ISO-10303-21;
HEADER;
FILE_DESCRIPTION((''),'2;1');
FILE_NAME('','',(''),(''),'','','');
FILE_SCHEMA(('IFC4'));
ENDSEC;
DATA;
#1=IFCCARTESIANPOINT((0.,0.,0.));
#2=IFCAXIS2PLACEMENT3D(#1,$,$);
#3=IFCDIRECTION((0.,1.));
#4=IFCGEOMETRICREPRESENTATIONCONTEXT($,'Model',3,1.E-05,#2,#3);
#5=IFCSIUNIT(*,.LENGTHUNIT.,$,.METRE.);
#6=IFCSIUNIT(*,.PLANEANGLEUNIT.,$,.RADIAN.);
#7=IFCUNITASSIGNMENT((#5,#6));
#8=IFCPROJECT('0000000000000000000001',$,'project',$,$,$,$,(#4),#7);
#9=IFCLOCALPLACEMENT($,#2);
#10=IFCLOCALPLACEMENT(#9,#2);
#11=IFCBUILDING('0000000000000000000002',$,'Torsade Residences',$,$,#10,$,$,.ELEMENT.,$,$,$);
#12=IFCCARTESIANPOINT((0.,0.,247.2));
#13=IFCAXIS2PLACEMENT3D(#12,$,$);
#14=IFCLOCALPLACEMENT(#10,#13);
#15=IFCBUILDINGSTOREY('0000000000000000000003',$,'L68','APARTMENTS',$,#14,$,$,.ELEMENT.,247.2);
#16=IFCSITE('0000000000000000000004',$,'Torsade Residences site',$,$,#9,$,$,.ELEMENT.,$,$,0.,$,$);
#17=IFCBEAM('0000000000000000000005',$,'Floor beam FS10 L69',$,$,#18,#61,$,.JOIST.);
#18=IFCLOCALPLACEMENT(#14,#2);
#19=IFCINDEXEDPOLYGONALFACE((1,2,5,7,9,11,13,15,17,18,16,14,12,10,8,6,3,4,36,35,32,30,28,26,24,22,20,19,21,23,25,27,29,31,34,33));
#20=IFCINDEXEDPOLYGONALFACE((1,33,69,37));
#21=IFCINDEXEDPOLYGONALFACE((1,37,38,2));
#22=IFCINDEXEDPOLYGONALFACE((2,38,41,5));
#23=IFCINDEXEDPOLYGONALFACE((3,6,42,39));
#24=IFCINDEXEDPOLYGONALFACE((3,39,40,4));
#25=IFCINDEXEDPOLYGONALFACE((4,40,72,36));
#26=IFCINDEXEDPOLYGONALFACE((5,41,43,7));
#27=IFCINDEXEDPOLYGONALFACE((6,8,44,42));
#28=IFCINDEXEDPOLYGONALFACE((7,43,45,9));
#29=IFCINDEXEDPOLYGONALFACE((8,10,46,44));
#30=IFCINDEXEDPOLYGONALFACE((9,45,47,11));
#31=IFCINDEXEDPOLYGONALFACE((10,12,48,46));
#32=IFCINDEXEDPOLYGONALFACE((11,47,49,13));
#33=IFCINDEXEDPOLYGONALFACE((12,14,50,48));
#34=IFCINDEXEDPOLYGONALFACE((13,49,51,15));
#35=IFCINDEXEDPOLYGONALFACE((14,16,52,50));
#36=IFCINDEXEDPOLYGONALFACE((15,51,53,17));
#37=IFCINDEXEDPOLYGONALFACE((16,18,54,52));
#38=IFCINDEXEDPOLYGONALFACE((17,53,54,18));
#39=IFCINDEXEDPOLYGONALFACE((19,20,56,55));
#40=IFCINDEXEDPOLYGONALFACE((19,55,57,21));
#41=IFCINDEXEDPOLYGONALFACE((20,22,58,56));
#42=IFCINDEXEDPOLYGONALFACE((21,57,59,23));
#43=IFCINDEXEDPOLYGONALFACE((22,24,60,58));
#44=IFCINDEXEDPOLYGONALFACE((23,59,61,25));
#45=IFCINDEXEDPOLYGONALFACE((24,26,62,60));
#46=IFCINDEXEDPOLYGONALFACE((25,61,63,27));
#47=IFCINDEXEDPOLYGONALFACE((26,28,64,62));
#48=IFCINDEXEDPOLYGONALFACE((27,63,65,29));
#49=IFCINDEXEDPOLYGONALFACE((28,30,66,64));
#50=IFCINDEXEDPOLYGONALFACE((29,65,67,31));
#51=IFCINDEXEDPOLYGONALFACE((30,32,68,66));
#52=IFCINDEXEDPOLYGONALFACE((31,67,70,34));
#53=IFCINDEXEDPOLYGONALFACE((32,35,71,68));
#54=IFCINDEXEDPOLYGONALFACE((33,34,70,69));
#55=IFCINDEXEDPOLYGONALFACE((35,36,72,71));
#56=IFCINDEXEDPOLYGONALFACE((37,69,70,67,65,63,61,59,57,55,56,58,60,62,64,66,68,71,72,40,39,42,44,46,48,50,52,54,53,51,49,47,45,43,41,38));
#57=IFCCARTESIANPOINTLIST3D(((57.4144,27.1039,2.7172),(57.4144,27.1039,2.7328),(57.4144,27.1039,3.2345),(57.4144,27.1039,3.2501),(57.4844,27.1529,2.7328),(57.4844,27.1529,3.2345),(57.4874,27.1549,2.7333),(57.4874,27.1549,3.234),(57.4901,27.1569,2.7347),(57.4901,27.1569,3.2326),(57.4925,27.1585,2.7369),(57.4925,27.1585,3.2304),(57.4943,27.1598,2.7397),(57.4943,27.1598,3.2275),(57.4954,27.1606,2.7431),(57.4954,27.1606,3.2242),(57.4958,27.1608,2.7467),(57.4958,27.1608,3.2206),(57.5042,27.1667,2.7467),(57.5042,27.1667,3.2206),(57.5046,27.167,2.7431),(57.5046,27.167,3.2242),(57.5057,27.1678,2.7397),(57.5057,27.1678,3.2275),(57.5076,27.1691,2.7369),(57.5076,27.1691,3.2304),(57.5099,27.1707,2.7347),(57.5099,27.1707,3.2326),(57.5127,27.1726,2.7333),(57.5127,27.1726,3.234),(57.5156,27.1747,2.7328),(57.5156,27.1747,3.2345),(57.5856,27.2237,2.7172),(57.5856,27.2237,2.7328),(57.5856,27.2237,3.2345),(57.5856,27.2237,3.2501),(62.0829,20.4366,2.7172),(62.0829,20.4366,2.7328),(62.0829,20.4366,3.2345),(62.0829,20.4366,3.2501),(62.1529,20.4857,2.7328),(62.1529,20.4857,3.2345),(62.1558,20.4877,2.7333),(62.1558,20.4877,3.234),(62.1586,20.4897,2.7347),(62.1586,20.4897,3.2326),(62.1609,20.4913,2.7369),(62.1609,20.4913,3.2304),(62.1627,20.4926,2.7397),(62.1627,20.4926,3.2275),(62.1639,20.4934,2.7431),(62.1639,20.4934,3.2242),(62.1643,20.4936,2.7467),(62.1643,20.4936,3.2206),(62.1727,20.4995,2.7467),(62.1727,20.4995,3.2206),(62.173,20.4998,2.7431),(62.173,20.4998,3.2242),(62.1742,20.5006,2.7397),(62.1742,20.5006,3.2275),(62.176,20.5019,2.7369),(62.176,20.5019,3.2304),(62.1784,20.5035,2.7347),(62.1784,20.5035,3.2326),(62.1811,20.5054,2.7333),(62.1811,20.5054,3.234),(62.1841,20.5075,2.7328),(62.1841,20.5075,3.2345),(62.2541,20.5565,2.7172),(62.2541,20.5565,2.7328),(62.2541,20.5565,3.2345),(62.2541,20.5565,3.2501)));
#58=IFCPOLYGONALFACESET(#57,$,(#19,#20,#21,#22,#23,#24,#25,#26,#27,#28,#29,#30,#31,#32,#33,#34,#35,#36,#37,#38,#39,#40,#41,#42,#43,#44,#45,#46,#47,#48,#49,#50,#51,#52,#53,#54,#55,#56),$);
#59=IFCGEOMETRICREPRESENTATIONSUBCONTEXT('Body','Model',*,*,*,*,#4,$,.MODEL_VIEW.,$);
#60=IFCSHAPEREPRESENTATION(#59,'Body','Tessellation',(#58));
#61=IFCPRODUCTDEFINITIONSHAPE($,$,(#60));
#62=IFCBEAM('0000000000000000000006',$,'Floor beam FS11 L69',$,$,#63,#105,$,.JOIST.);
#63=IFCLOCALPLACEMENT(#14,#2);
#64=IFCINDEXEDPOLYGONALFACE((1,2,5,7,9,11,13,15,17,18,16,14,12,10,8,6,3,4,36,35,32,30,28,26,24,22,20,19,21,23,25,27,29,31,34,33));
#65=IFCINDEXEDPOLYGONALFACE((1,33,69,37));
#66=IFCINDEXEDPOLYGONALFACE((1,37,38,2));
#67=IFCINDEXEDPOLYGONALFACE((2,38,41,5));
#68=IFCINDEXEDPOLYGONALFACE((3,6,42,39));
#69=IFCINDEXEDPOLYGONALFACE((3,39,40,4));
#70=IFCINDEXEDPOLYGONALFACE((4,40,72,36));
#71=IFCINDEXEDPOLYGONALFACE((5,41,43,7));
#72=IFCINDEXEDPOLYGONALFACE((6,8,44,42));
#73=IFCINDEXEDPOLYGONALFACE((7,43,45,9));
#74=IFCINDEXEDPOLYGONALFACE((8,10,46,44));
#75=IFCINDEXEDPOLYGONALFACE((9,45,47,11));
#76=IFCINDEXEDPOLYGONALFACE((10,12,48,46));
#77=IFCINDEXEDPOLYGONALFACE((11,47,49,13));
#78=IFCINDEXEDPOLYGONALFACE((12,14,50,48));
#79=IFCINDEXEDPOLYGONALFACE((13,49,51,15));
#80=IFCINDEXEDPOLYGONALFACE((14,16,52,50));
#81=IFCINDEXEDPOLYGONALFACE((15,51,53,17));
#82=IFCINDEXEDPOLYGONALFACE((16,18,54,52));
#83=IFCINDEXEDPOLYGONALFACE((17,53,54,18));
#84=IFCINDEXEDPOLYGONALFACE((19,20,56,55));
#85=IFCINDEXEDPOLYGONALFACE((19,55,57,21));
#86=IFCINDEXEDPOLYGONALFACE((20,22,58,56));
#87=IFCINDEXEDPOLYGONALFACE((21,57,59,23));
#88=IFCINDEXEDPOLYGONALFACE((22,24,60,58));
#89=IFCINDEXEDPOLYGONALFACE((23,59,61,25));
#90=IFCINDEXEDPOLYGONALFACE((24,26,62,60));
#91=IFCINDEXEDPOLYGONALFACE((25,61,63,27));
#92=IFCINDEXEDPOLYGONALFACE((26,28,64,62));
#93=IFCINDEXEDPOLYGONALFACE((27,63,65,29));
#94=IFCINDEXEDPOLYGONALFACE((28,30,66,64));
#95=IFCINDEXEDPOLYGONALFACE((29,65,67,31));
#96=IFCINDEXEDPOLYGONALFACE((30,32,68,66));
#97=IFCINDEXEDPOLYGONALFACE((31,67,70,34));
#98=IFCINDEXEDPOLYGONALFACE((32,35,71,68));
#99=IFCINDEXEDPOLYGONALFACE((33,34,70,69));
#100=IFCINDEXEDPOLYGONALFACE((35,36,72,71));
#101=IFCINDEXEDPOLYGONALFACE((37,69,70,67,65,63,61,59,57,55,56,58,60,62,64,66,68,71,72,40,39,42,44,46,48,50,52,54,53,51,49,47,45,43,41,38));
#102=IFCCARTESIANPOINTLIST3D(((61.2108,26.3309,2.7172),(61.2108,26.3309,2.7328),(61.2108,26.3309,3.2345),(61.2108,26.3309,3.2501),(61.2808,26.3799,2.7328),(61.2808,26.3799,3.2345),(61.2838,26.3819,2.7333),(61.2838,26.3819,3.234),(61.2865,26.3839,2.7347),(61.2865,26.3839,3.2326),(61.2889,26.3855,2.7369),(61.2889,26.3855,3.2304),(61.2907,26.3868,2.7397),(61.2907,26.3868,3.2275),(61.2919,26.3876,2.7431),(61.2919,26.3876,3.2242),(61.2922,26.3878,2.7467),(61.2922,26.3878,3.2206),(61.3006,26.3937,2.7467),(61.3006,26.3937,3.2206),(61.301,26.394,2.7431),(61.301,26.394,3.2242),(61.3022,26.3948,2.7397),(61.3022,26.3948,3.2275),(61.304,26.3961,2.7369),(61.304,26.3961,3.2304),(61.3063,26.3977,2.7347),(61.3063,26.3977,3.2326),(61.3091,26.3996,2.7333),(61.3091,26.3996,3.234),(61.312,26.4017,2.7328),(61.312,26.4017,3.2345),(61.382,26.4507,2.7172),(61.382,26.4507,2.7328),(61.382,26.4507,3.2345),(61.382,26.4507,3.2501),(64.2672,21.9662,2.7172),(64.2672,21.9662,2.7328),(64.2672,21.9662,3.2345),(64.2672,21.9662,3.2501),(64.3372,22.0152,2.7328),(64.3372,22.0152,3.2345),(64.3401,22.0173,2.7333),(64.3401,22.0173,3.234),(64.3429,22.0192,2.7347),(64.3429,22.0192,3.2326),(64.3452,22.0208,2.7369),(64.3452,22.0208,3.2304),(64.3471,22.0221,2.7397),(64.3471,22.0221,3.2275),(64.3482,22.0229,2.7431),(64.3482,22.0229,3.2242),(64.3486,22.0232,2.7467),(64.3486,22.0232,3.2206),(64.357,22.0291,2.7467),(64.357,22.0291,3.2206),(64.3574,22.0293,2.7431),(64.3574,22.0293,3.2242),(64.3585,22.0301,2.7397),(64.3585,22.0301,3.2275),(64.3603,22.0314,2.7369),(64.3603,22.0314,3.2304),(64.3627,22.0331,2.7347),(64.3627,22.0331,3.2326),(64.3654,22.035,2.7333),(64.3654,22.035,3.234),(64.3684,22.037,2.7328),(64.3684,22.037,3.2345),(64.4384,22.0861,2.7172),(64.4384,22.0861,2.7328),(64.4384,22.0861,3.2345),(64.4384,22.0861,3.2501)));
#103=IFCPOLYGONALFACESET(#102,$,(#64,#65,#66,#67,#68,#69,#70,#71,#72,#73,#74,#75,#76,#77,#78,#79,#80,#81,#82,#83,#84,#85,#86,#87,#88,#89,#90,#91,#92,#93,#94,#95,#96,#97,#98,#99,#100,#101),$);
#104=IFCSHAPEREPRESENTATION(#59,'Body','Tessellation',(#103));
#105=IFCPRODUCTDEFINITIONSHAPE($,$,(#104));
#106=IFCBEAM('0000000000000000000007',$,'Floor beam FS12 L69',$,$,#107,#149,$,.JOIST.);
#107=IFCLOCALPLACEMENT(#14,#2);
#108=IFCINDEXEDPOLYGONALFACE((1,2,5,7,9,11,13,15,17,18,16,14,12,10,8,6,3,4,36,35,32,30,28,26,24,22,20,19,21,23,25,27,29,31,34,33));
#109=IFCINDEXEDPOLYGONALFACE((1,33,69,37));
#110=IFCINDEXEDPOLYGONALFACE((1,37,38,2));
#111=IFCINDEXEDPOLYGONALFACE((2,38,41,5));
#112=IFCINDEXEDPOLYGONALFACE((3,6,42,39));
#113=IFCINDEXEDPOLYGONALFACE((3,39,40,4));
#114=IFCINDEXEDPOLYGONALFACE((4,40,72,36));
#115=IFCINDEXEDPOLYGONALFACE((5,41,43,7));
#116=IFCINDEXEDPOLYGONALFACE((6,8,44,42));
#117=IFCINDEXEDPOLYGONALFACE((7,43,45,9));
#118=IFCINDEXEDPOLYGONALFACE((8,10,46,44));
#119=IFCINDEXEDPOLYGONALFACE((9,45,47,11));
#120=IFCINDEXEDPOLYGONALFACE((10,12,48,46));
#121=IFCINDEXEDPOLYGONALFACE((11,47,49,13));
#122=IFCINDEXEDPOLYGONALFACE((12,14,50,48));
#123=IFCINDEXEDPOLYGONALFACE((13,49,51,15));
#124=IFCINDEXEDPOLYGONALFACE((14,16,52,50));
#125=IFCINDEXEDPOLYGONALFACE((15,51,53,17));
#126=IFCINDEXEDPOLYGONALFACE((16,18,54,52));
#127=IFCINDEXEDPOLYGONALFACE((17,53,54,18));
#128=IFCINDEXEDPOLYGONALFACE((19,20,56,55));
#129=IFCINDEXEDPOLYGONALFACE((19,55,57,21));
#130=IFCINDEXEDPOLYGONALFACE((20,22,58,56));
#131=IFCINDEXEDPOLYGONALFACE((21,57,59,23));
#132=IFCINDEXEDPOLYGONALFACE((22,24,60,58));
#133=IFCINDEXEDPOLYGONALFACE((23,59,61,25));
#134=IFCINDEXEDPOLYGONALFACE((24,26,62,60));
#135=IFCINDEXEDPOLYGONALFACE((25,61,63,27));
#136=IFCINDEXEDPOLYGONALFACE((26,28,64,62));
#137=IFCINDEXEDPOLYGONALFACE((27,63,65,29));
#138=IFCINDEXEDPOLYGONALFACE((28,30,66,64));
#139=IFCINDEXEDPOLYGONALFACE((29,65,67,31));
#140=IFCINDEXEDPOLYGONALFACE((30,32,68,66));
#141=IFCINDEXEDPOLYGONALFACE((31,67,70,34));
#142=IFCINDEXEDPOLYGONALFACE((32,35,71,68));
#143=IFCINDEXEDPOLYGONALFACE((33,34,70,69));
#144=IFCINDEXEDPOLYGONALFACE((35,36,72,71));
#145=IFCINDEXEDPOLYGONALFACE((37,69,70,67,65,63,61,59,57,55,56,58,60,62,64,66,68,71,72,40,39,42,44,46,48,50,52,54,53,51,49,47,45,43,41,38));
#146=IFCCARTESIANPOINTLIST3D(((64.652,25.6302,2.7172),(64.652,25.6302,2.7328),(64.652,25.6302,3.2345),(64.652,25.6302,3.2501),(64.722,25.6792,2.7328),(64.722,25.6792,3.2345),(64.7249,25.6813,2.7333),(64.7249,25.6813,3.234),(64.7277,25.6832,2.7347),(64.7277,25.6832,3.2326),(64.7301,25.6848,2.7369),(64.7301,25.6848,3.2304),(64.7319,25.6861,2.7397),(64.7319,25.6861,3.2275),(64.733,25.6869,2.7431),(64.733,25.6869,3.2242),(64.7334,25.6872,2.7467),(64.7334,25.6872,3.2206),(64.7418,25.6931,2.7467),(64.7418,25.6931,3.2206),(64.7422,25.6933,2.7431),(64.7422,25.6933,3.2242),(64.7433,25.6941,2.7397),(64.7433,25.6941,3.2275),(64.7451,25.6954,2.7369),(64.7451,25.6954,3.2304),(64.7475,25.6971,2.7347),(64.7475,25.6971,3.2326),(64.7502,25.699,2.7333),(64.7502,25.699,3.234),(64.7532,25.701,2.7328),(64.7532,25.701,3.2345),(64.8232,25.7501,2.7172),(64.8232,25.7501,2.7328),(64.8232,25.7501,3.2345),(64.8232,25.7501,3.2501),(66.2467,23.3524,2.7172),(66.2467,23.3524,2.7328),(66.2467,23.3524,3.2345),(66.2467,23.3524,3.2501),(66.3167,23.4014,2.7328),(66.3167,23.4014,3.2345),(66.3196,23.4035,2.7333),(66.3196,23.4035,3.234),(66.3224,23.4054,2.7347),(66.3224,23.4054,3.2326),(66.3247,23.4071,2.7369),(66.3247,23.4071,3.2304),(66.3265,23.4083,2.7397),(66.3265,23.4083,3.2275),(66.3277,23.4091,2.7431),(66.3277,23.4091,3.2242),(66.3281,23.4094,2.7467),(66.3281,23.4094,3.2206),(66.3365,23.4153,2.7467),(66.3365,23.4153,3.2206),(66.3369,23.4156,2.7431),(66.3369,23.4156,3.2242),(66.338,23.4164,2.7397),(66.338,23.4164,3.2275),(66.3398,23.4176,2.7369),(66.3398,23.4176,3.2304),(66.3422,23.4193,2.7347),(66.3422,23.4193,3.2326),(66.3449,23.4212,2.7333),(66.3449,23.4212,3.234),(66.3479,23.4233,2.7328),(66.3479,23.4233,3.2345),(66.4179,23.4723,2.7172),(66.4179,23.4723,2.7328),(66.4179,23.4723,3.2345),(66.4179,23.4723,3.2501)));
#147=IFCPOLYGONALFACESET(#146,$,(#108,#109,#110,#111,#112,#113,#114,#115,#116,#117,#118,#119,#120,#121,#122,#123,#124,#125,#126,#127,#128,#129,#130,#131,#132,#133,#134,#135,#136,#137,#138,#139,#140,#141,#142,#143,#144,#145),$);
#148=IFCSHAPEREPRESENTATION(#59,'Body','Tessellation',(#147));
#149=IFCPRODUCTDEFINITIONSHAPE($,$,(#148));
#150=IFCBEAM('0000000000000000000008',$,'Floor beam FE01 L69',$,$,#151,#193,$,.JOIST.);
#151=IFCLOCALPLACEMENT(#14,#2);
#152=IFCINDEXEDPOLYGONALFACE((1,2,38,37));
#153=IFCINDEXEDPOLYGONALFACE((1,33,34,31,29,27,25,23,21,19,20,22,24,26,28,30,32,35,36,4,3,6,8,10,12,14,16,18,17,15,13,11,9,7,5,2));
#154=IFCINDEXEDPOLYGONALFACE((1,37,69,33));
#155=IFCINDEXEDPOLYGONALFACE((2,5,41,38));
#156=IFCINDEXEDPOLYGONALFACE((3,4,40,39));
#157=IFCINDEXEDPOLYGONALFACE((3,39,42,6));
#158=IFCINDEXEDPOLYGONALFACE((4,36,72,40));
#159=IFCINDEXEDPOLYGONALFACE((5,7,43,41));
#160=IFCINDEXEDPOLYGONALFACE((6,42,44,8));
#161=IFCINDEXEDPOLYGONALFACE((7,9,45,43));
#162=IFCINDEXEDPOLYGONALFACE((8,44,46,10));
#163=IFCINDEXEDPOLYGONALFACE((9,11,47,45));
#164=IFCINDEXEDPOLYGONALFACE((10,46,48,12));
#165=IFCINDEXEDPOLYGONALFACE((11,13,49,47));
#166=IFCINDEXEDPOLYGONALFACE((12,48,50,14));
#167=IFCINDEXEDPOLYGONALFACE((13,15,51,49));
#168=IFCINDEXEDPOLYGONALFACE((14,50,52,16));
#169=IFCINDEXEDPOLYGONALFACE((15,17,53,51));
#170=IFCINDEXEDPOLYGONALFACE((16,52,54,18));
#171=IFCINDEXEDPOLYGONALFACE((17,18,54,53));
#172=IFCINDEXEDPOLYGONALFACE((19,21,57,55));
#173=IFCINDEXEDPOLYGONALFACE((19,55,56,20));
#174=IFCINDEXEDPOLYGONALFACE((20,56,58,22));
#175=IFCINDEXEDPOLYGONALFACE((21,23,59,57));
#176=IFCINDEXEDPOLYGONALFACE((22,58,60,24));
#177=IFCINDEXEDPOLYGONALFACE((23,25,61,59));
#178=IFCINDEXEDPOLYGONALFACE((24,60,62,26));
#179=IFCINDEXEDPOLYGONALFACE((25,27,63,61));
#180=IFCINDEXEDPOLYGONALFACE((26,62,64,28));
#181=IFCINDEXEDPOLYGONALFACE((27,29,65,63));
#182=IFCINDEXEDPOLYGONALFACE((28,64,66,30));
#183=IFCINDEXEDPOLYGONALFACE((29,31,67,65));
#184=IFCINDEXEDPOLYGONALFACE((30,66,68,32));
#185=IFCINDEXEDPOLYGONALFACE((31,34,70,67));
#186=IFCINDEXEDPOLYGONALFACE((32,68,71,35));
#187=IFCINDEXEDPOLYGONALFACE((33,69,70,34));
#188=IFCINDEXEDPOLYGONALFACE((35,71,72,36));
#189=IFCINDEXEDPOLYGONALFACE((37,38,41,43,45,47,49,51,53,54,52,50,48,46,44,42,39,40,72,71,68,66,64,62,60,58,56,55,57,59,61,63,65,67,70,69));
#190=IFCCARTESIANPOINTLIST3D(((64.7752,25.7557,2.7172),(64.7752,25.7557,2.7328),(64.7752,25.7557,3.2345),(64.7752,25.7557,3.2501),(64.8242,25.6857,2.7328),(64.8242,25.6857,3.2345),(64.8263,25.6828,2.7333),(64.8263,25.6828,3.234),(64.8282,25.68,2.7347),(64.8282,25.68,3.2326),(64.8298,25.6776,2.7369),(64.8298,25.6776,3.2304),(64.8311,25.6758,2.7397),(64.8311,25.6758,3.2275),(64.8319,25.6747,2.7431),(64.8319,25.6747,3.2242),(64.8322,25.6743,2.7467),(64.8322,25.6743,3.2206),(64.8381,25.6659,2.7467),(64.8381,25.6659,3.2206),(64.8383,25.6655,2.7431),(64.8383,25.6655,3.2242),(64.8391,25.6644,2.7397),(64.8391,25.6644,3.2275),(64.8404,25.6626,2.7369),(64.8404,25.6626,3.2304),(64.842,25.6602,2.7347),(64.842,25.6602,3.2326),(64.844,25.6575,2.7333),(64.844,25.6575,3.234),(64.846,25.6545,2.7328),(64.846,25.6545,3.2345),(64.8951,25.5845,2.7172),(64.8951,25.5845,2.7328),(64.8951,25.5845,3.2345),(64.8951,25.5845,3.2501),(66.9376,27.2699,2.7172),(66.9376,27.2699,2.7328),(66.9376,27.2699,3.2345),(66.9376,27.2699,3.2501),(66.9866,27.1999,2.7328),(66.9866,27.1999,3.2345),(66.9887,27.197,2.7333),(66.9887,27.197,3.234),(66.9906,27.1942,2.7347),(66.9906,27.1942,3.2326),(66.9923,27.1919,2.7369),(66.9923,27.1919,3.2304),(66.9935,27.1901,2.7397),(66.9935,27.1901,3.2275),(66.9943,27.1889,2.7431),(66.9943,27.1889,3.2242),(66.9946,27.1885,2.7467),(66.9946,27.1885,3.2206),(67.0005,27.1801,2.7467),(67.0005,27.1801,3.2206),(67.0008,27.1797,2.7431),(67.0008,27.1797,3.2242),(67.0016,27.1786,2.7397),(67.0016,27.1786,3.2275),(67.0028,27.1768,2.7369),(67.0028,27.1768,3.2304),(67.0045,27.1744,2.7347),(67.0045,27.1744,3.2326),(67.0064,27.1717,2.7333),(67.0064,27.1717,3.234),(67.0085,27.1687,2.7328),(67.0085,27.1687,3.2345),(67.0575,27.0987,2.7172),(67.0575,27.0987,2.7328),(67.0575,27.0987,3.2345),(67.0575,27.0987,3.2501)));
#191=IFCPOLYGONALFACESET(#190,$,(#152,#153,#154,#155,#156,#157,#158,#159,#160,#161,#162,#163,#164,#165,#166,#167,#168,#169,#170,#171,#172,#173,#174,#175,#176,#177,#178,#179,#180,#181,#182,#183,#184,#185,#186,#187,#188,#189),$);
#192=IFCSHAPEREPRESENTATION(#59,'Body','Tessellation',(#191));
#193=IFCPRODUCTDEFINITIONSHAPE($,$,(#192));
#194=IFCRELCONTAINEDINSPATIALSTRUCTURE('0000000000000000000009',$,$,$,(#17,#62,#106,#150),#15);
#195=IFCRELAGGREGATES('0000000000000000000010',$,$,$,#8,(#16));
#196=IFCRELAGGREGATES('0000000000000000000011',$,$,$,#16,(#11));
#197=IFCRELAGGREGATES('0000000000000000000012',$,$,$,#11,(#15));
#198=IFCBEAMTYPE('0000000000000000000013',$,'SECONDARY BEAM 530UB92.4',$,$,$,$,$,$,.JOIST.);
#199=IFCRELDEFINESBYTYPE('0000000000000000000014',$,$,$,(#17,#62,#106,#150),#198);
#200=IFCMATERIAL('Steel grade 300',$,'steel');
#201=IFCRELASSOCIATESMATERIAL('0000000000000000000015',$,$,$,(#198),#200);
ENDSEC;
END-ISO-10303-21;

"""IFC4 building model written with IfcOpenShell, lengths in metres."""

from ifc_helpers import new_model, si_unit, direction, frame, origin, origin_2d, place, context, subcontext, project, spatial, i_section, extrude, material, material_profile, profile_set, type_object, element, save


model = new_model("IFC4")

# Units and contexts
model_context = context("Model", 3, precision=1e-05, world=origin(), true_north=direction((0.0, 1.0)))
body_context = subcontext(model_context, "Body", "Model", "MODEL_VIEW")
ifc_project = project(units=[si_unit("LENGTHUNIT", "METRE"), si_unit("PLANEANGLEUNIT", "RADIAN")], contexts=[model_context])

# Site, building, storey
site_placement = place(None, origin())
site = spatial("IfcSite", under=ifc_project, at=site_placement, Name="Torsade Residences site", CompositionType="ELEMENT", RefElevation=0.0)
building_placement = place(site_placement, origin())
building = spatial("IfcBuilding", under=site, at=building_placement, Name="Torsade Residences", CompositionType="ELEMENT")
storey_placement = place(building_placement, frame((0.0, 0.0, 247.2)))
storey = spatial("IfcBuildingStorey", under=building, at=storey_placement, Name="L68", Description="APARTMENTS", CompositionType="ELEMENT", Elevation=247.2)

# Beams
ifc_material_1 = material(Name="Steel grade 300", Category="steel")
ifc_material_profile_1 = material_profile(ifc_material_1, i_section(OverallWidth=0.209, OverallDepth=0.533, WebThickness=0.0103, FlangeThickness=0.0156, FilletRadius=0.0139, at=origin_2d()), Name="530UB92.4")
ifc_profile_set_1 = profile_set([ifc_material_profile_1], Name="Steel grade 300")
beam_type_1 = type_object("IfcBeamType", Name="SECONDARY BEAM 530UB92.4", PredefinedType="JOIST", material=ifc_profile_set_1)
beam_1_placement = place(storey_placement, frame((62.1685, 20.4966, 2.9836), z_axis=(-0.573577, 0.819152, 0.0), x_axis=(-0.819152, -0.573577, 0.0)))
element("IfcBeam", 1, at=beam_1_placement, inside=storey, type_object=beam_type_1, Name="Floor beam FS10 L69", PredefinedType="JOIST", context=body_context, shape_type="SweptSolid", body=[
    extrude(i_section(OverallWidth=0.209, OverallDepth=0.533, WebThickness=0.0103, FlangeThickness=0.0156, FilletRadius=0.0139, at=origin_2d()), origin(), (0.0, 0.0, 1.0), 8.1392),
])
beam_2_placement = place(storey_placement, frame((64.3528, 22.0261, 2.9836), z_axis=(-0.573598, 0.819137, 0.0), x_axis=(-0.819137, -0.573598, 0.0)))
element("IfcBeam", 2, at=beam_2_placement, inside=storey, type_object=beam_type_1, Name="Floor beam FS11 L69", PredefinedType="JOIST", context=body_context, shape_type="SweptSolid", body=[
    extrude(i_section(OverallWidth=0.209, OverallDepth=0.533, WebThickness=0.0103, FlangeThickness=0.0156, FilletRadius=0.0139, at=origin_2d()), origin(), (0.0, 0.0, 1.0), 5.3284),
])
beam_3_placement = place(storey_placement, frame((66.3323, 23.4124, 2.9836), z_axis=(-0.573521, 0.819191, 0.0), x_axis=(-0.819191, -0.573521, 0.0)))
element("IfcBeam", 3, at=beam_3_placement, inside=storey, type_object=beam_type_1, Name="Floor beam FS12 L69", PredefinedType="JOIST", context=body_context, shape_type="SweptSolid", body=[
    extrude(i_section(OverallWidth=0.209, OverallDepth=0.533, WebThickness=0.0103, FlangeThickness=0.0156, FilletRadius=0.0139, at=origin_2d()), origin(), (0.0, 0.0, 1.0), 2.7805),
])
beam_4_placement = place(storey_placement, frame((66.9976, 27.1843, 2.9836), z_axis=(-0.819141, -0.573593, 0.0), x_axis=(0.573593, -0.819141, 0.0)))
element("IfcBeam", 4, at=beam_4_placement, inside=storey, type_object=beam_type_1, Name="Floor beam FE01 L69", PredefinedType="JOIST", context=body_context, shape_type="SweptSolid", body=[
    extrude(i_section(OverallWidth=0.209, OverallDepth=0.533, WebThickness=0.0103, FlangeThickness=0.0156, FilletRadius=0.0139, at=origin_2d()), origin(), (0.0, 0.0, 1.0), 2.6399),
])

save(model, "model.ifc")
